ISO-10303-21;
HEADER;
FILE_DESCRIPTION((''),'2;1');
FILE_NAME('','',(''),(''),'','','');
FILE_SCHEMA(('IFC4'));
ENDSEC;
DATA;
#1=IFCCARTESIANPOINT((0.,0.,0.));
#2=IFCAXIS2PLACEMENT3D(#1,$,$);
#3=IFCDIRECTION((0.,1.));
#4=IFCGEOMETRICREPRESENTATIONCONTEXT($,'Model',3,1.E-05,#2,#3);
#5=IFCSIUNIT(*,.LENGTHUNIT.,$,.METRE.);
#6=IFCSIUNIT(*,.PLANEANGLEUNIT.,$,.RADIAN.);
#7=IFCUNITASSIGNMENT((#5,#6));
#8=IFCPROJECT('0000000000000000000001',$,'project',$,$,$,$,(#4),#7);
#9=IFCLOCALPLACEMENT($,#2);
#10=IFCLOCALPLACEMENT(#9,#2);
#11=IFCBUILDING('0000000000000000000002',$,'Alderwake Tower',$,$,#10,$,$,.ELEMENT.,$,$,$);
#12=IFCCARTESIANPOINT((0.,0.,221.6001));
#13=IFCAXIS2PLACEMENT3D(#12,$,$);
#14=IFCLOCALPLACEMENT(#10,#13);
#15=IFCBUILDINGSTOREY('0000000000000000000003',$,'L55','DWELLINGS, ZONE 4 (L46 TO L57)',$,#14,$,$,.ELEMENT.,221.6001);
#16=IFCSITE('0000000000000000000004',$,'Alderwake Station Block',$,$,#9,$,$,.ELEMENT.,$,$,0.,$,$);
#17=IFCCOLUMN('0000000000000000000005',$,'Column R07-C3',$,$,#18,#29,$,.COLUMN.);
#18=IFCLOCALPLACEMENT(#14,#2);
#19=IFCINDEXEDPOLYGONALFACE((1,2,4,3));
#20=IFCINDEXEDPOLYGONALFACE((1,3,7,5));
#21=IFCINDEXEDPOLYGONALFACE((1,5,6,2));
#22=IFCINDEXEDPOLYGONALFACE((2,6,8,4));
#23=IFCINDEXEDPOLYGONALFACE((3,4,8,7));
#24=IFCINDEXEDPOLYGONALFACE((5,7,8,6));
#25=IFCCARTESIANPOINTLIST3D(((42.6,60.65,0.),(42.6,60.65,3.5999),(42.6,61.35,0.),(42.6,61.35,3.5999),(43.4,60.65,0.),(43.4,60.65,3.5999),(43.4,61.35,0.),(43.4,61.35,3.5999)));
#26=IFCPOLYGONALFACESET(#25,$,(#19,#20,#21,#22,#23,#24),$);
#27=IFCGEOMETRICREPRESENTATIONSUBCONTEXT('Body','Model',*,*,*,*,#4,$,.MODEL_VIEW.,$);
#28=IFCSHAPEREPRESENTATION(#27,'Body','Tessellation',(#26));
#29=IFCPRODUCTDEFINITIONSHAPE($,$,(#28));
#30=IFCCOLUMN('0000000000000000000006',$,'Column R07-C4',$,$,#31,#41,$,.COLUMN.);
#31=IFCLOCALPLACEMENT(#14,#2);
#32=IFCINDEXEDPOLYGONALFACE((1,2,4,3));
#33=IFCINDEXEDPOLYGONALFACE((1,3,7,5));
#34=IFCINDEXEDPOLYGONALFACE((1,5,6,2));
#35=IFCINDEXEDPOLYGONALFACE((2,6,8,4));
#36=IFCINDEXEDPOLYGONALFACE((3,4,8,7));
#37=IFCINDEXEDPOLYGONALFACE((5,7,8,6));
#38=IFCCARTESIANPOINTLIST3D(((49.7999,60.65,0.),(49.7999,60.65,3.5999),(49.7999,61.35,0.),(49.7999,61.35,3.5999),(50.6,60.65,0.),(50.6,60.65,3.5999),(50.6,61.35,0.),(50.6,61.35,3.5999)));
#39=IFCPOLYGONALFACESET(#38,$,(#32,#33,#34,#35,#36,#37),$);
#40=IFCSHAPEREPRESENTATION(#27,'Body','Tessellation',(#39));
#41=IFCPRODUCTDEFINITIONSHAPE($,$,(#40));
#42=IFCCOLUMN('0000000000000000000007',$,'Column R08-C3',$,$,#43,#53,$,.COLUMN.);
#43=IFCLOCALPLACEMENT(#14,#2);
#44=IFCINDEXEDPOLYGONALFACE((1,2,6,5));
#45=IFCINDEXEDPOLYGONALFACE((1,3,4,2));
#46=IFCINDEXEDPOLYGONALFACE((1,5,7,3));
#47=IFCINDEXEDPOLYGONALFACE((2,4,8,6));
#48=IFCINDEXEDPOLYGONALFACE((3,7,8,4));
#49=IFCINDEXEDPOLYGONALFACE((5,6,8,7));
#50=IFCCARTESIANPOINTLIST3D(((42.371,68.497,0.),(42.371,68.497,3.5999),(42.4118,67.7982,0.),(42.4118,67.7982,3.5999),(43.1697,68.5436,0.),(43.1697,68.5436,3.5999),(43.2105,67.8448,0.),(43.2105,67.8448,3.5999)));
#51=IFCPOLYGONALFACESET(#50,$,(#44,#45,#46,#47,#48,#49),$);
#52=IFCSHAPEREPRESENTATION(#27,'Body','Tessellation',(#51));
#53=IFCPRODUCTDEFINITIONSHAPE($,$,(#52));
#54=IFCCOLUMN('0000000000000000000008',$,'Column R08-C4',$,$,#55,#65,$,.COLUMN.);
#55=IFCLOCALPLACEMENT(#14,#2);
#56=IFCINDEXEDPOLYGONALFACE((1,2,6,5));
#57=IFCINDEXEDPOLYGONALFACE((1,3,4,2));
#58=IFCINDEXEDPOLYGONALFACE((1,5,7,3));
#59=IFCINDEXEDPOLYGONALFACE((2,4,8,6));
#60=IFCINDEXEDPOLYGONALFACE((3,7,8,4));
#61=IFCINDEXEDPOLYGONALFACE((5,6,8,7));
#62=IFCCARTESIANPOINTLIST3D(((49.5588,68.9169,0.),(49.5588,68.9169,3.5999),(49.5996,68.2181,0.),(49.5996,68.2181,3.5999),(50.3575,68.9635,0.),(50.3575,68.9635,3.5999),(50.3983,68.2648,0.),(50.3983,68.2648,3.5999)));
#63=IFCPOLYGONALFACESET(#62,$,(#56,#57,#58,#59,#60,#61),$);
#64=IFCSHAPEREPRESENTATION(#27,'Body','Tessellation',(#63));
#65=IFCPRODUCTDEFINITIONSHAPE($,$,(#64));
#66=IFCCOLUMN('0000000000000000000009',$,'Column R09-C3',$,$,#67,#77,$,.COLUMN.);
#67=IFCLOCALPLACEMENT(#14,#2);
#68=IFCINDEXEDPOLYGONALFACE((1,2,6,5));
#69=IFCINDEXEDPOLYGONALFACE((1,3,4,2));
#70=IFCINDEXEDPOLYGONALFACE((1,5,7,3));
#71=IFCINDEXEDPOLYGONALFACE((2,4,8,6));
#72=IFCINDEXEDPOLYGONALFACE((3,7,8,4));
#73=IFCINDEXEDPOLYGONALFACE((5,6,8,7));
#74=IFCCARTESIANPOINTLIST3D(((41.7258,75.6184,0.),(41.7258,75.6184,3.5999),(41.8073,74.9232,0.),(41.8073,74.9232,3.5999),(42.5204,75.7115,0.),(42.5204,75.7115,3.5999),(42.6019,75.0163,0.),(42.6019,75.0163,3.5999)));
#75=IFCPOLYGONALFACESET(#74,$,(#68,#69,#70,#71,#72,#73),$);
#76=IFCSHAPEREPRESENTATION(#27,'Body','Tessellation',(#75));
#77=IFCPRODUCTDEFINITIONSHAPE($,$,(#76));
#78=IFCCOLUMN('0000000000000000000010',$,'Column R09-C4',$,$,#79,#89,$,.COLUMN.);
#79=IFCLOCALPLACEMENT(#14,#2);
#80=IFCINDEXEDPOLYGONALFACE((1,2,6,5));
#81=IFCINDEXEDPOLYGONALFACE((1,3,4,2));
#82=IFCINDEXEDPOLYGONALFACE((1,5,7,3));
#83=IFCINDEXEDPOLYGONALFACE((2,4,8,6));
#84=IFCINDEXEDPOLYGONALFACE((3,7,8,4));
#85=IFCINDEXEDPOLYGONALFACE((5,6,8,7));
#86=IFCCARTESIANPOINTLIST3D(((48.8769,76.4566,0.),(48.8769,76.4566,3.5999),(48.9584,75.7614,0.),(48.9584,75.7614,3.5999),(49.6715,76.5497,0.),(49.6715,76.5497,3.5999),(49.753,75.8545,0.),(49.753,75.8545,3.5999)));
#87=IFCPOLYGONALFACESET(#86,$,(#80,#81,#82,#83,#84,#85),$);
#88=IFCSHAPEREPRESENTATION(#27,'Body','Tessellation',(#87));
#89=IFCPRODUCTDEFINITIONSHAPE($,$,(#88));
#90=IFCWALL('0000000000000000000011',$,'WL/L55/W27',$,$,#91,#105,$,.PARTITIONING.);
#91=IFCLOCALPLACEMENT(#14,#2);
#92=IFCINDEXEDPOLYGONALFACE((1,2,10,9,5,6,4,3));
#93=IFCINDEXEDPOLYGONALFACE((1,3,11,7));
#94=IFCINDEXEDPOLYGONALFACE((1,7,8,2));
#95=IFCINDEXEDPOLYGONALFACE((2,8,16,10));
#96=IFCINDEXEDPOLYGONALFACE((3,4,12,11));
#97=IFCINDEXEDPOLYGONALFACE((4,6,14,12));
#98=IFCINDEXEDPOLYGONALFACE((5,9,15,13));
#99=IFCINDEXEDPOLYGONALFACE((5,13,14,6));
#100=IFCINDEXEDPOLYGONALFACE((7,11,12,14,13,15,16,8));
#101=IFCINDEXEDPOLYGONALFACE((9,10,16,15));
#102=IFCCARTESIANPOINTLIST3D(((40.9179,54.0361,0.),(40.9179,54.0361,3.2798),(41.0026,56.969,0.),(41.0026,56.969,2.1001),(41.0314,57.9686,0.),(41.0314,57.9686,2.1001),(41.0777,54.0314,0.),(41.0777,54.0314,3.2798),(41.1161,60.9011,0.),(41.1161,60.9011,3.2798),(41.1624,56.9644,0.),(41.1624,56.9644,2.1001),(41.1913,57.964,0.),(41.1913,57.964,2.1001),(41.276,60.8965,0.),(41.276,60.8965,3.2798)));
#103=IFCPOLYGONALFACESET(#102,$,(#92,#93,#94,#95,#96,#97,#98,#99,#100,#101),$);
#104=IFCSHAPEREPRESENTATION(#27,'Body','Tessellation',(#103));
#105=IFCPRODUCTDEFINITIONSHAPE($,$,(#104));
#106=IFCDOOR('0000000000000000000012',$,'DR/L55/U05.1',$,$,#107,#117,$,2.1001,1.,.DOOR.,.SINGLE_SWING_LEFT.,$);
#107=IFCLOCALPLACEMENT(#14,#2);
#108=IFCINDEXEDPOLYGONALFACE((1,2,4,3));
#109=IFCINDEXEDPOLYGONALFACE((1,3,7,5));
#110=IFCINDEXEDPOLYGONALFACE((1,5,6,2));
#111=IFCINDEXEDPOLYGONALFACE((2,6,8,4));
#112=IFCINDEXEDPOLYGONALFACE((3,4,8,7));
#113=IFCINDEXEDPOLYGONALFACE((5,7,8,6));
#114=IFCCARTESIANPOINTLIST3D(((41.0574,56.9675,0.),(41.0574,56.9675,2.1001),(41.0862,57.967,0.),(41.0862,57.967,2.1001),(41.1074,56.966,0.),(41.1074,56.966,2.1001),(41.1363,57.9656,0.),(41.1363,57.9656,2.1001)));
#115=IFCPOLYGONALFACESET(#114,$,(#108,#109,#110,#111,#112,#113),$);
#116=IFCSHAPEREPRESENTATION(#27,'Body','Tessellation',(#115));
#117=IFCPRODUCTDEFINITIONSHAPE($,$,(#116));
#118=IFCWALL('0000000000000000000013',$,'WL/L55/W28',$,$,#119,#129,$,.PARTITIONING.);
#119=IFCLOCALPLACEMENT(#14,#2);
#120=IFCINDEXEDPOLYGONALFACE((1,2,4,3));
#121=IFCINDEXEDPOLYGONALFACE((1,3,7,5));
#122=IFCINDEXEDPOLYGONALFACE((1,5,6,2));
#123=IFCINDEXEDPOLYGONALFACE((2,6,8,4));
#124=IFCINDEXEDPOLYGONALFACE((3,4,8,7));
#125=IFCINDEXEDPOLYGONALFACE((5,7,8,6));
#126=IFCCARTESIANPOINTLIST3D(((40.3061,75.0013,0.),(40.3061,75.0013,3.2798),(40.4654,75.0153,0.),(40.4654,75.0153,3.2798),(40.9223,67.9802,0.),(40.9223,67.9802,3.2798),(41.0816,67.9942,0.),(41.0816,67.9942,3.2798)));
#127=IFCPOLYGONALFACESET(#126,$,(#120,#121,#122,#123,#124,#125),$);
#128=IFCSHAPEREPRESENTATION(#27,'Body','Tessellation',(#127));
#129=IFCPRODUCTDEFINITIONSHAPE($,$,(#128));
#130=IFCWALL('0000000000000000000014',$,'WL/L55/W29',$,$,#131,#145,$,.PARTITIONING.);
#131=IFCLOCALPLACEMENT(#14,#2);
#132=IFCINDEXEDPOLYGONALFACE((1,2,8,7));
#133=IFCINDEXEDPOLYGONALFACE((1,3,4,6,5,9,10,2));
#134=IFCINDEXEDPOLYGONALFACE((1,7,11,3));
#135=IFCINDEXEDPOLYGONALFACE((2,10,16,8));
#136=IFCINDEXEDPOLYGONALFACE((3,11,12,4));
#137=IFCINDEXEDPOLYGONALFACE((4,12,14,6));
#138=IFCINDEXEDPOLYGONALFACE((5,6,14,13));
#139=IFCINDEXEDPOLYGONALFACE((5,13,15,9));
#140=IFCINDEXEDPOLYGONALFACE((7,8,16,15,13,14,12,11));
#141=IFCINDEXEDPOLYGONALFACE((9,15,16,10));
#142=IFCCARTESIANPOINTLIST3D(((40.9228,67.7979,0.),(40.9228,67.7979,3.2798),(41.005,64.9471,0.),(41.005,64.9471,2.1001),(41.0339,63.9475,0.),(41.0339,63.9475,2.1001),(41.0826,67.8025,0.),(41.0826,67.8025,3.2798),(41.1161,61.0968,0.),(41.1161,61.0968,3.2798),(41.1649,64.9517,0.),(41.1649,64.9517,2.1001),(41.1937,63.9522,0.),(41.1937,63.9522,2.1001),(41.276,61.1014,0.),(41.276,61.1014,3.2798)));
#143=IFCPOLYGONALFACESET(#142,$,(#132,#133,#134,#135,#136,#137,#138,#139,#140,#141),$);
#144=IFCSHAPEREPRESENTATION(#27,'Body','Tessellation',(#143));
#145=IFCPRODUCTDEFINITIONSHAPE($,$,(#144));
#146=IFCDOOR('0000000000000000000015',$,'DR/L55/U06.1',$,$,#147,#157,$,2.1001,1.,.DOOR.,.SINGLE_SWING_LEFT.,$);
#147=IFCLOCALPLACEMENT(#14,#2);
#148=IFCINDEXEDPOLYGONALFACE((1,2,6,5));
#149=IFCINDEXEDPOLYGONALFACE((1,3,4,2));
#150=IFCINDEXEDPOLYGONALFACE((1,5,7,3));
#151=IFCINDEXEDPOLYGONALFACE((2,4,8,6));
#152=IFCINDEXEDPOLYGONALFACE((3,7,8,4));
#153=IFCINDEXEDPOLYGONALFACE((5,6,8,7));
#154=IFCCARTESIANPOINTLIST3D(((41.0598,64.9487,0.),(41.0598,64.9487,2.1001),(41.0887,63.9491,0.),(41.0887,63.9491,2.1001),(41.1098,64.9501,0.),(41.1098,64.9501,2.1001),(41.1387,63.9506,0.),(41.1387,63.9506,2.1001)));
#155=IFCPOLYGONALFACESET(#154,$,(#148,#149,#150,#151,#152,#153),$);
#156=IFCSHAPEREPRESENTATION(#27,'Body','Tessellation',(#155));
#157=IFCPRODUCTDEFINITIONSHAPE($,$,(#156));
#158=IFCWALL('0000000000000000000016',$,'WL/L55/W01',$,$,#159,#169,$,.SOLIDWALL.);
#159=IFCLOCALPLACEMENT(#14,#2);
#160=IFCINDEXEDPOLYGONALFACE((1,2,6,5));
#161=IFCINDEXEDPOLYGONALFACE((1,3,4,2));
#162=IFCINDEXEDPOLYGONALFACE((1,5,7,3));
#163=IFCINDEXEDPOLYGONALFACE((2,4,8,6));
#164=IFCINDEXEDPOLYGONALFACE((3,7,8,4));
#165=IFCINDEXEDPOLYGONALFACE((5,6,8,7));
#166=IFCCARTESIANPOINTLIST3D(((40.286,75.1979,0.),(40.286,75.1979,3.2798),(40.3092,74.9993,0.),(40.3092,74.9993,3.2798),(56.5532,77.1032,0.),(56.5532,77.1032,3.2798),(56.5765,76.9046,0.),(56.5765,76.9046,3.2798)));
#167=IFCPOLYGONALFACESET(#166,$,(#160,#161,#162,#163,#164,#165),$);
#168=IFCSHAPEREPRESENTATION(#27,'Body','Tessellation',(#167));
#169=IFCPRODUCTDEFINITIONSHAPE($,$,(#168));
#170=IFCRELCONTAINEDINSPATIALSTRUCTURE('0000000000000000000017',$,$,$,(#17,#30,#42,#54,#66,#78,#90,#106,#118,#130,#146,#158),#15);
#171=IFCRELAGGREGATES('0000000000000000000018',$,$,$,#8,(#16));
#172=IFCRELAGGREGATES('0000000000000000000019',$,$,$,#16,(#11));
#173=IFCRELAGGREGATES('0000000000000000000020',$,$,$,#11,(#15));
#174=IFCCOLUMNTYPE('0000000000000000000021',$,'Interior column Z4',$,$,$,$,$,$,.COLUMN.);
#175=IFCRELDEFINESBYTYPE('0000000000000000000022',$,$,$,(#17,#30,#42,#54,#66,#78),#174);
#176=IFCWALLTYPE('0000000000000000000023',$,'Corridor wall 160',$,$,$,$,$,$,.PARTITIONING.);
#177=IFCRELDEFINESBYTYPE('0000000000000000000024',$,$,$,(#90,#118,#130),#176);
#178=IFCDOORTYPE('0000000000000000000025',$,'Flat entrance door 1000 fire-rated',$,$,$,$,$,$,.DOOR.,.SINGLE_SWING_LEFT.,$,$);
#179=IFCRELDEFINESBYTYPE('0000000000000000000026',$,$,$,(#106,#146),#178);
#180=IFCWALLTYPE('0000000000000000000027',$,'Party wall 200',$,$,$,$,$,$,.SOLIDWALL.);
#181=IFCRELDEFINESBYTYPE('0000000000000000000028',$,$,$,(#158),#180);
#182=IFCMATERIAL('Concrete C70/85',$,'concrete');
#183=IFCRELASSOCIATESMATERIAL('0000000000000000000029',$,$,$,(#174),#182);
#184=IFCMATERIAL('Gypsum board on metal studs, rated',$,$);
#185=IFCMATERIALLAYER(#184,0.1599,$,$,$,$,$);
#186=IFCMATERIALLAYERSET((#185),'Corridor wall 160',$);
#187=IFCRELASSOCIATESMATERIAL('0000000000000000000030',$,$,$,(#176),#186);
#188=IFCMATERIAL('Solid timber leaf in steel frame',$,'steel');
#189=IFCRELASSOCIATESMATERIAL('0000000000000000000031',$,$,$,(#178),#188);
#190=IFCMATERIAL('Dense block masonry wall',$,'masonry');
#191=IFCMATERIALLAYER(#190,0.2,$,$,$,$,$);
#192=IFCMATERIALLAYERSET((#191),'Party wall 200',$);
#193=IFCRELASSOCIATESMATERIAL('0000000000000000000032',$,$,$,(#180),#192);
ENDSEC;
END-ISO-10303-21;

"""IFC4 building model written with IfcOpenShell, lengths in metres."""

from ifc_helpers import new_model, si_unit, direction, frame, frame_2d, origin, origin_2d, place, context, subcontext, project, spatial, rectangle, extrude, material, layer, layer_set, material_profile, profile_set, type_object, element, fill, save


model = new_model("IFC4")

# Units and contexts
model_context = context("Model", 3, precision=1e-05, world=origin(), true_north=direction((0.0, 1.0)))
body_context = subcontext(model_context, "Body", "Model", "MODEL_VIEW")
ifc_project = project(units=[si_unit("LENGTHUNIT", "METRE"), si_unit("PLANEANGLEUNIT", "RADIAN")], contexts=[model_context])

# Site, building, storey
site_placement = place(None, origin())
site = spatial("IfcSite", under=ifc_project, at=site_placement, Name="Alderwake Station Block", CompositionType="ELEMENT", RefElevation=0.0)
building_placement = place(site_placement, origin())
building = spatial("IfcBuilding", under=site, at=building_placement, Name="Alderwake Tower", CompositionType="ELEMENT")
storey_placement = place(building_placement, frame((0.0, 0.0, 221.6001)))
storey = spatial("IfcBuildingStorey", under=building, at=storey_placement, Name="L55", Description="DWELLINGS, ZONE 4 (L46 TO L57)", CompositionType="ELEMENT", Elevation=221.6001)

# Columns
ifc_material_1 = material(Name="Concrete C70/85", Category="concrete")
ifc_material_profile = material_profile(ifc_material_1, rectangle(XDim=0.7, YDim=0.8, at=origin_2d()), Name="RC 800X700")
ifc_profile_set = profile_set([ifc_material_profile], Name="Concrete C70/85")
column_type = type_object("IfcColumnType", Name="Interior column Z4", PredefinedType="COLUMN", material=ifc_profile_set)
for number, where, z_axis, x_axis, name in (
    (1, (43.0, 61.0, 0.0), (0.0, 0.0, 1.0), (0.0, 1.0, 0.0), "Column R07-C3"),
    (2, (50.2, 61.0, 0.0), (0.0, 0.0, 1.0), (0.0, 1.0, 0.0), "Column R07-C4"),
    (3, (42.7908, 68.1709, 0.0), (0.0, 0.0, 1.0), (-0.058299, 0.998299, 0.0), "Column R08-C3"),
    (4, (49.9785, 68.5908, 0.0), (0.0, 0.0, 1.0), (-0.058301, 0.998299, 0.0), "Column R08-C4"),
    (5, (42.1638, 75.3174, 0.0), (0.0, 0.0, 1.0), (-0.116402, 0.993202, 0.0), "Column R09-C3"),
    (6, (49.3149, 76.1555, 0.0), (0.0, 0.0, 1.0), (-0.116402, 0.993202, 0.0), "Column R09-C4"),
):
    element("IfcColumn", number, at=place(storey_placement, frame(where, z_axis=z_axis, x_axis=x_axis)), inside=storey, type_object=column_type, Name=name, PredefinedType="COLUMN", context=body_context, shape_type="SweptSolid", body=[
        extrude(rectangle(XDim=0.7, YDim=0.8, at=origin_2d()), origin(), (0.0, 0.0, 1.0), 3.5999),
    ])

# Wall, opening, door
ifc_material_2 = material(Name="Gypsum board on metal studs, rated")
ifc_layer_1 = layer(ifc_material_2, 0.1599)
ifc_layer_set_1 = layer_set([ifc_layer_1], Name="Corridor wall 160")
wall_type_1 = type_object("IfcWallType", Name="Corridor wall 160", PredefinedType="PARTITIONING", material=ifc_layer_set_1)
wall_1_placement = place(storey_placement, frame((41.196, 60.8989, 0.0), z_axis=(0.0, 0.0, 1.0), x_axis=(-0.028865, -0.999583, 0.0)))
wall_1 = element("IfcWall", 7, at=wall_1_placement, inside=storey, type_object=wall_type_1, Name="WL/L55/W27", PredefinedType="PARTITIONING", context=body_context, shape_type="SweptSolid", body=[
    extrude(rectangle(XDim=6.8679, YDim=0.1599, at=frame_2d((3.4341, 0.0))), origin(), (0.0, 0.0, 1.0), 3.2798),
])
opening_1_placement = place(wall_1_placement, frame((2.9338, 0.0, 0.0)))
opening_1 = element("IfcOpeningElement", 8, at=opening_1_placement, cuts=wall_1, PredefinedType="OPENING", context=body_context, shape_type="SweptSolid", body=[
    extrude(rectangle(XDim=1.0, YDim=2.1001, at=frame_2d((0.5, 1.05))), frame((0.0, 0.0898, 0.0), z_axis=(0.0, -1.0, 0.0), x_axis=(1.0, 0.0, 0.0)), (0.0, 0.0, 1.0), 0.1799),
])
ifc_material_3 = material(Name="Solid timber leaf in steel frame", Category="steel")
door_type_1 = type_object("IfcDoorType", Name="Flat entrance door 1000 fire-rated", OperationType="SINGLE_SWING_LEFT", PredefinedType="DOOR", material=ifc_material_3)
door_1_placement = place(opening_1_placement, origin())
door_1 = element("IfcDoor", 9, at=door_1_placement, inside=storey, type_object=door_type_1, Name="DR/L55/U05.1", OperationType="SINGLE_SWING_LEFT", OverallHeight=2.1001, OverallWidth=1.0, PredefinedType="DOOR", context=body_context, shape_type="SweptSolid", body=[
    extrude(rectangle(XDim=1.0, YDim=2.1001, at=frame_2d((0.5, 1.05))), frame((0.0, 0.0249, 0.0), z_axis=(0.0, -1.0, 0.0), x_axis=(1.0, 0.0, 0.0)), (0.0, 0.0, 1.0), 0.05),
])
fill(opening_1, door_1)

# Wall
wall_2_placement = place(storey_placement, frame((41.002, 67.9873, 0.0), z_axis=(0.0, 0.0, 1.0), x_axis=(-0.087431, 0.996171, 0.0)))
element("IfcWall", 10, at=wall_2_placement, inside=storey, type_object=wall_type_1, Name="WL/L55/W28", PredefinedType="PARTITIONING", context=body_context, shape_type="SweptSolid", body=[
    extrude(rectangle(XDim=7.0481, YDim=0.1599, at=frame_2d((3.5239, 0.0))), origin(), (0.0, 0.0, 1.0), 3.2798),
])

# Wall, opening, door
wall_3_placement = place(storey_placement, frame((41.0027, 67.8003, 0.0), z_axis=(0.0, 0.0, 1.0), x_axis=(0.028843, -0.999584, 0.0)))
wall_3 = element("IfcWall", 11, at=wall_3_placement, inside=storey, type_object=wall_type_1, Name="WL/L55/W29", PredefinedType="PARTITIONING", context=body_context, shape_type="SweptSolid", body=[
    extrude(rectangle(XDim=6.7039, YDim=0.1599, at=frame_2d((3.3521, 0.0))), origin(), (0.0, 0.0, 1.0), 3.2798),
])
opening_2_placement = place(wall_3_placement, frame((2.8521, 0.0, 0.0)))
opening_2 = element("IfcOpeningElement", 12, at=opening_2_placement, cuts=wall_3, PredefinedType="OPENING", context=body_context, shape_type="SweptSolid", body=[
    extrude(rectangle(XDim=1.0, YDim=2.1001, at=frame_2d((0.5, 1.05))), frame((0.0, 0.0898, 0.0), z_axis=(0.0, -1.0, 0.0), x_axis=(1.0, 0.0, 0.0)), (0.0, 0.0, 1.0), 0.1799),
])
door_2_placement = place(opening_2_placement, origin())
door_2 = element("IfcDoor", 13, at=door_2_placement, inside=storey, type_object=door_type_1, Name="DR/L55/U06.1", OperationType="SINGLE_SWING_LEFT", OverallHeight=2.1001, OverallWidth=1.0, PredefinedType="DOOR", context=body_context, shape_type="SweptSolid", body=[
    extrude(rectangle(XDim=1.0, YDim=2.1001, at=frame_2d((0.5, 1.05))), frame((0.0, 0.0249, 0.0), z_axis=(0.0, -1.0, 0.0), x_axis=(1.0, 0.0, 0.0)), (0.0, 0.0, 1.0), 0.05),
])
fill(opening_2, door_2)

# Wall
ifc_material_4 = material(Name="Dense block masonry wall", Category="masonry")
ifc_layer_2 = layer(ifc_material_4, 0.2)
ifc_layer_set_2 = layer_set([ifc_layer_2], Name="Party wall 200")
wall_type_2 = type_object("IfcWallType", Name="Party wall 200", PredefinedType="SOLIDWALL", material=ifc_layer_set_2)
wall_4_placement = place(storey_placement, frame((40.2976, 75.0986, 0.0), z_axis=(0.0, 0.0, 1.0), x_axis=(0.993211, 0.116328, 0.0)))
element("IfcWall", 14, at=wall_4_placement, inside=storey, type_object=wall_type_2, Name="WL/L55/W01", PredefinedType="SOLIDWALL", context=body_context, shape_type="SweptSolid", body=[
    extrude(rectangle(XDim=16.3784, YDim=0.2, at=frame_2d((8.1892, 0.0))), origin(), (0.0, 0.0, 1.0), 3.2798),
])

save(model, "model.ifc")
